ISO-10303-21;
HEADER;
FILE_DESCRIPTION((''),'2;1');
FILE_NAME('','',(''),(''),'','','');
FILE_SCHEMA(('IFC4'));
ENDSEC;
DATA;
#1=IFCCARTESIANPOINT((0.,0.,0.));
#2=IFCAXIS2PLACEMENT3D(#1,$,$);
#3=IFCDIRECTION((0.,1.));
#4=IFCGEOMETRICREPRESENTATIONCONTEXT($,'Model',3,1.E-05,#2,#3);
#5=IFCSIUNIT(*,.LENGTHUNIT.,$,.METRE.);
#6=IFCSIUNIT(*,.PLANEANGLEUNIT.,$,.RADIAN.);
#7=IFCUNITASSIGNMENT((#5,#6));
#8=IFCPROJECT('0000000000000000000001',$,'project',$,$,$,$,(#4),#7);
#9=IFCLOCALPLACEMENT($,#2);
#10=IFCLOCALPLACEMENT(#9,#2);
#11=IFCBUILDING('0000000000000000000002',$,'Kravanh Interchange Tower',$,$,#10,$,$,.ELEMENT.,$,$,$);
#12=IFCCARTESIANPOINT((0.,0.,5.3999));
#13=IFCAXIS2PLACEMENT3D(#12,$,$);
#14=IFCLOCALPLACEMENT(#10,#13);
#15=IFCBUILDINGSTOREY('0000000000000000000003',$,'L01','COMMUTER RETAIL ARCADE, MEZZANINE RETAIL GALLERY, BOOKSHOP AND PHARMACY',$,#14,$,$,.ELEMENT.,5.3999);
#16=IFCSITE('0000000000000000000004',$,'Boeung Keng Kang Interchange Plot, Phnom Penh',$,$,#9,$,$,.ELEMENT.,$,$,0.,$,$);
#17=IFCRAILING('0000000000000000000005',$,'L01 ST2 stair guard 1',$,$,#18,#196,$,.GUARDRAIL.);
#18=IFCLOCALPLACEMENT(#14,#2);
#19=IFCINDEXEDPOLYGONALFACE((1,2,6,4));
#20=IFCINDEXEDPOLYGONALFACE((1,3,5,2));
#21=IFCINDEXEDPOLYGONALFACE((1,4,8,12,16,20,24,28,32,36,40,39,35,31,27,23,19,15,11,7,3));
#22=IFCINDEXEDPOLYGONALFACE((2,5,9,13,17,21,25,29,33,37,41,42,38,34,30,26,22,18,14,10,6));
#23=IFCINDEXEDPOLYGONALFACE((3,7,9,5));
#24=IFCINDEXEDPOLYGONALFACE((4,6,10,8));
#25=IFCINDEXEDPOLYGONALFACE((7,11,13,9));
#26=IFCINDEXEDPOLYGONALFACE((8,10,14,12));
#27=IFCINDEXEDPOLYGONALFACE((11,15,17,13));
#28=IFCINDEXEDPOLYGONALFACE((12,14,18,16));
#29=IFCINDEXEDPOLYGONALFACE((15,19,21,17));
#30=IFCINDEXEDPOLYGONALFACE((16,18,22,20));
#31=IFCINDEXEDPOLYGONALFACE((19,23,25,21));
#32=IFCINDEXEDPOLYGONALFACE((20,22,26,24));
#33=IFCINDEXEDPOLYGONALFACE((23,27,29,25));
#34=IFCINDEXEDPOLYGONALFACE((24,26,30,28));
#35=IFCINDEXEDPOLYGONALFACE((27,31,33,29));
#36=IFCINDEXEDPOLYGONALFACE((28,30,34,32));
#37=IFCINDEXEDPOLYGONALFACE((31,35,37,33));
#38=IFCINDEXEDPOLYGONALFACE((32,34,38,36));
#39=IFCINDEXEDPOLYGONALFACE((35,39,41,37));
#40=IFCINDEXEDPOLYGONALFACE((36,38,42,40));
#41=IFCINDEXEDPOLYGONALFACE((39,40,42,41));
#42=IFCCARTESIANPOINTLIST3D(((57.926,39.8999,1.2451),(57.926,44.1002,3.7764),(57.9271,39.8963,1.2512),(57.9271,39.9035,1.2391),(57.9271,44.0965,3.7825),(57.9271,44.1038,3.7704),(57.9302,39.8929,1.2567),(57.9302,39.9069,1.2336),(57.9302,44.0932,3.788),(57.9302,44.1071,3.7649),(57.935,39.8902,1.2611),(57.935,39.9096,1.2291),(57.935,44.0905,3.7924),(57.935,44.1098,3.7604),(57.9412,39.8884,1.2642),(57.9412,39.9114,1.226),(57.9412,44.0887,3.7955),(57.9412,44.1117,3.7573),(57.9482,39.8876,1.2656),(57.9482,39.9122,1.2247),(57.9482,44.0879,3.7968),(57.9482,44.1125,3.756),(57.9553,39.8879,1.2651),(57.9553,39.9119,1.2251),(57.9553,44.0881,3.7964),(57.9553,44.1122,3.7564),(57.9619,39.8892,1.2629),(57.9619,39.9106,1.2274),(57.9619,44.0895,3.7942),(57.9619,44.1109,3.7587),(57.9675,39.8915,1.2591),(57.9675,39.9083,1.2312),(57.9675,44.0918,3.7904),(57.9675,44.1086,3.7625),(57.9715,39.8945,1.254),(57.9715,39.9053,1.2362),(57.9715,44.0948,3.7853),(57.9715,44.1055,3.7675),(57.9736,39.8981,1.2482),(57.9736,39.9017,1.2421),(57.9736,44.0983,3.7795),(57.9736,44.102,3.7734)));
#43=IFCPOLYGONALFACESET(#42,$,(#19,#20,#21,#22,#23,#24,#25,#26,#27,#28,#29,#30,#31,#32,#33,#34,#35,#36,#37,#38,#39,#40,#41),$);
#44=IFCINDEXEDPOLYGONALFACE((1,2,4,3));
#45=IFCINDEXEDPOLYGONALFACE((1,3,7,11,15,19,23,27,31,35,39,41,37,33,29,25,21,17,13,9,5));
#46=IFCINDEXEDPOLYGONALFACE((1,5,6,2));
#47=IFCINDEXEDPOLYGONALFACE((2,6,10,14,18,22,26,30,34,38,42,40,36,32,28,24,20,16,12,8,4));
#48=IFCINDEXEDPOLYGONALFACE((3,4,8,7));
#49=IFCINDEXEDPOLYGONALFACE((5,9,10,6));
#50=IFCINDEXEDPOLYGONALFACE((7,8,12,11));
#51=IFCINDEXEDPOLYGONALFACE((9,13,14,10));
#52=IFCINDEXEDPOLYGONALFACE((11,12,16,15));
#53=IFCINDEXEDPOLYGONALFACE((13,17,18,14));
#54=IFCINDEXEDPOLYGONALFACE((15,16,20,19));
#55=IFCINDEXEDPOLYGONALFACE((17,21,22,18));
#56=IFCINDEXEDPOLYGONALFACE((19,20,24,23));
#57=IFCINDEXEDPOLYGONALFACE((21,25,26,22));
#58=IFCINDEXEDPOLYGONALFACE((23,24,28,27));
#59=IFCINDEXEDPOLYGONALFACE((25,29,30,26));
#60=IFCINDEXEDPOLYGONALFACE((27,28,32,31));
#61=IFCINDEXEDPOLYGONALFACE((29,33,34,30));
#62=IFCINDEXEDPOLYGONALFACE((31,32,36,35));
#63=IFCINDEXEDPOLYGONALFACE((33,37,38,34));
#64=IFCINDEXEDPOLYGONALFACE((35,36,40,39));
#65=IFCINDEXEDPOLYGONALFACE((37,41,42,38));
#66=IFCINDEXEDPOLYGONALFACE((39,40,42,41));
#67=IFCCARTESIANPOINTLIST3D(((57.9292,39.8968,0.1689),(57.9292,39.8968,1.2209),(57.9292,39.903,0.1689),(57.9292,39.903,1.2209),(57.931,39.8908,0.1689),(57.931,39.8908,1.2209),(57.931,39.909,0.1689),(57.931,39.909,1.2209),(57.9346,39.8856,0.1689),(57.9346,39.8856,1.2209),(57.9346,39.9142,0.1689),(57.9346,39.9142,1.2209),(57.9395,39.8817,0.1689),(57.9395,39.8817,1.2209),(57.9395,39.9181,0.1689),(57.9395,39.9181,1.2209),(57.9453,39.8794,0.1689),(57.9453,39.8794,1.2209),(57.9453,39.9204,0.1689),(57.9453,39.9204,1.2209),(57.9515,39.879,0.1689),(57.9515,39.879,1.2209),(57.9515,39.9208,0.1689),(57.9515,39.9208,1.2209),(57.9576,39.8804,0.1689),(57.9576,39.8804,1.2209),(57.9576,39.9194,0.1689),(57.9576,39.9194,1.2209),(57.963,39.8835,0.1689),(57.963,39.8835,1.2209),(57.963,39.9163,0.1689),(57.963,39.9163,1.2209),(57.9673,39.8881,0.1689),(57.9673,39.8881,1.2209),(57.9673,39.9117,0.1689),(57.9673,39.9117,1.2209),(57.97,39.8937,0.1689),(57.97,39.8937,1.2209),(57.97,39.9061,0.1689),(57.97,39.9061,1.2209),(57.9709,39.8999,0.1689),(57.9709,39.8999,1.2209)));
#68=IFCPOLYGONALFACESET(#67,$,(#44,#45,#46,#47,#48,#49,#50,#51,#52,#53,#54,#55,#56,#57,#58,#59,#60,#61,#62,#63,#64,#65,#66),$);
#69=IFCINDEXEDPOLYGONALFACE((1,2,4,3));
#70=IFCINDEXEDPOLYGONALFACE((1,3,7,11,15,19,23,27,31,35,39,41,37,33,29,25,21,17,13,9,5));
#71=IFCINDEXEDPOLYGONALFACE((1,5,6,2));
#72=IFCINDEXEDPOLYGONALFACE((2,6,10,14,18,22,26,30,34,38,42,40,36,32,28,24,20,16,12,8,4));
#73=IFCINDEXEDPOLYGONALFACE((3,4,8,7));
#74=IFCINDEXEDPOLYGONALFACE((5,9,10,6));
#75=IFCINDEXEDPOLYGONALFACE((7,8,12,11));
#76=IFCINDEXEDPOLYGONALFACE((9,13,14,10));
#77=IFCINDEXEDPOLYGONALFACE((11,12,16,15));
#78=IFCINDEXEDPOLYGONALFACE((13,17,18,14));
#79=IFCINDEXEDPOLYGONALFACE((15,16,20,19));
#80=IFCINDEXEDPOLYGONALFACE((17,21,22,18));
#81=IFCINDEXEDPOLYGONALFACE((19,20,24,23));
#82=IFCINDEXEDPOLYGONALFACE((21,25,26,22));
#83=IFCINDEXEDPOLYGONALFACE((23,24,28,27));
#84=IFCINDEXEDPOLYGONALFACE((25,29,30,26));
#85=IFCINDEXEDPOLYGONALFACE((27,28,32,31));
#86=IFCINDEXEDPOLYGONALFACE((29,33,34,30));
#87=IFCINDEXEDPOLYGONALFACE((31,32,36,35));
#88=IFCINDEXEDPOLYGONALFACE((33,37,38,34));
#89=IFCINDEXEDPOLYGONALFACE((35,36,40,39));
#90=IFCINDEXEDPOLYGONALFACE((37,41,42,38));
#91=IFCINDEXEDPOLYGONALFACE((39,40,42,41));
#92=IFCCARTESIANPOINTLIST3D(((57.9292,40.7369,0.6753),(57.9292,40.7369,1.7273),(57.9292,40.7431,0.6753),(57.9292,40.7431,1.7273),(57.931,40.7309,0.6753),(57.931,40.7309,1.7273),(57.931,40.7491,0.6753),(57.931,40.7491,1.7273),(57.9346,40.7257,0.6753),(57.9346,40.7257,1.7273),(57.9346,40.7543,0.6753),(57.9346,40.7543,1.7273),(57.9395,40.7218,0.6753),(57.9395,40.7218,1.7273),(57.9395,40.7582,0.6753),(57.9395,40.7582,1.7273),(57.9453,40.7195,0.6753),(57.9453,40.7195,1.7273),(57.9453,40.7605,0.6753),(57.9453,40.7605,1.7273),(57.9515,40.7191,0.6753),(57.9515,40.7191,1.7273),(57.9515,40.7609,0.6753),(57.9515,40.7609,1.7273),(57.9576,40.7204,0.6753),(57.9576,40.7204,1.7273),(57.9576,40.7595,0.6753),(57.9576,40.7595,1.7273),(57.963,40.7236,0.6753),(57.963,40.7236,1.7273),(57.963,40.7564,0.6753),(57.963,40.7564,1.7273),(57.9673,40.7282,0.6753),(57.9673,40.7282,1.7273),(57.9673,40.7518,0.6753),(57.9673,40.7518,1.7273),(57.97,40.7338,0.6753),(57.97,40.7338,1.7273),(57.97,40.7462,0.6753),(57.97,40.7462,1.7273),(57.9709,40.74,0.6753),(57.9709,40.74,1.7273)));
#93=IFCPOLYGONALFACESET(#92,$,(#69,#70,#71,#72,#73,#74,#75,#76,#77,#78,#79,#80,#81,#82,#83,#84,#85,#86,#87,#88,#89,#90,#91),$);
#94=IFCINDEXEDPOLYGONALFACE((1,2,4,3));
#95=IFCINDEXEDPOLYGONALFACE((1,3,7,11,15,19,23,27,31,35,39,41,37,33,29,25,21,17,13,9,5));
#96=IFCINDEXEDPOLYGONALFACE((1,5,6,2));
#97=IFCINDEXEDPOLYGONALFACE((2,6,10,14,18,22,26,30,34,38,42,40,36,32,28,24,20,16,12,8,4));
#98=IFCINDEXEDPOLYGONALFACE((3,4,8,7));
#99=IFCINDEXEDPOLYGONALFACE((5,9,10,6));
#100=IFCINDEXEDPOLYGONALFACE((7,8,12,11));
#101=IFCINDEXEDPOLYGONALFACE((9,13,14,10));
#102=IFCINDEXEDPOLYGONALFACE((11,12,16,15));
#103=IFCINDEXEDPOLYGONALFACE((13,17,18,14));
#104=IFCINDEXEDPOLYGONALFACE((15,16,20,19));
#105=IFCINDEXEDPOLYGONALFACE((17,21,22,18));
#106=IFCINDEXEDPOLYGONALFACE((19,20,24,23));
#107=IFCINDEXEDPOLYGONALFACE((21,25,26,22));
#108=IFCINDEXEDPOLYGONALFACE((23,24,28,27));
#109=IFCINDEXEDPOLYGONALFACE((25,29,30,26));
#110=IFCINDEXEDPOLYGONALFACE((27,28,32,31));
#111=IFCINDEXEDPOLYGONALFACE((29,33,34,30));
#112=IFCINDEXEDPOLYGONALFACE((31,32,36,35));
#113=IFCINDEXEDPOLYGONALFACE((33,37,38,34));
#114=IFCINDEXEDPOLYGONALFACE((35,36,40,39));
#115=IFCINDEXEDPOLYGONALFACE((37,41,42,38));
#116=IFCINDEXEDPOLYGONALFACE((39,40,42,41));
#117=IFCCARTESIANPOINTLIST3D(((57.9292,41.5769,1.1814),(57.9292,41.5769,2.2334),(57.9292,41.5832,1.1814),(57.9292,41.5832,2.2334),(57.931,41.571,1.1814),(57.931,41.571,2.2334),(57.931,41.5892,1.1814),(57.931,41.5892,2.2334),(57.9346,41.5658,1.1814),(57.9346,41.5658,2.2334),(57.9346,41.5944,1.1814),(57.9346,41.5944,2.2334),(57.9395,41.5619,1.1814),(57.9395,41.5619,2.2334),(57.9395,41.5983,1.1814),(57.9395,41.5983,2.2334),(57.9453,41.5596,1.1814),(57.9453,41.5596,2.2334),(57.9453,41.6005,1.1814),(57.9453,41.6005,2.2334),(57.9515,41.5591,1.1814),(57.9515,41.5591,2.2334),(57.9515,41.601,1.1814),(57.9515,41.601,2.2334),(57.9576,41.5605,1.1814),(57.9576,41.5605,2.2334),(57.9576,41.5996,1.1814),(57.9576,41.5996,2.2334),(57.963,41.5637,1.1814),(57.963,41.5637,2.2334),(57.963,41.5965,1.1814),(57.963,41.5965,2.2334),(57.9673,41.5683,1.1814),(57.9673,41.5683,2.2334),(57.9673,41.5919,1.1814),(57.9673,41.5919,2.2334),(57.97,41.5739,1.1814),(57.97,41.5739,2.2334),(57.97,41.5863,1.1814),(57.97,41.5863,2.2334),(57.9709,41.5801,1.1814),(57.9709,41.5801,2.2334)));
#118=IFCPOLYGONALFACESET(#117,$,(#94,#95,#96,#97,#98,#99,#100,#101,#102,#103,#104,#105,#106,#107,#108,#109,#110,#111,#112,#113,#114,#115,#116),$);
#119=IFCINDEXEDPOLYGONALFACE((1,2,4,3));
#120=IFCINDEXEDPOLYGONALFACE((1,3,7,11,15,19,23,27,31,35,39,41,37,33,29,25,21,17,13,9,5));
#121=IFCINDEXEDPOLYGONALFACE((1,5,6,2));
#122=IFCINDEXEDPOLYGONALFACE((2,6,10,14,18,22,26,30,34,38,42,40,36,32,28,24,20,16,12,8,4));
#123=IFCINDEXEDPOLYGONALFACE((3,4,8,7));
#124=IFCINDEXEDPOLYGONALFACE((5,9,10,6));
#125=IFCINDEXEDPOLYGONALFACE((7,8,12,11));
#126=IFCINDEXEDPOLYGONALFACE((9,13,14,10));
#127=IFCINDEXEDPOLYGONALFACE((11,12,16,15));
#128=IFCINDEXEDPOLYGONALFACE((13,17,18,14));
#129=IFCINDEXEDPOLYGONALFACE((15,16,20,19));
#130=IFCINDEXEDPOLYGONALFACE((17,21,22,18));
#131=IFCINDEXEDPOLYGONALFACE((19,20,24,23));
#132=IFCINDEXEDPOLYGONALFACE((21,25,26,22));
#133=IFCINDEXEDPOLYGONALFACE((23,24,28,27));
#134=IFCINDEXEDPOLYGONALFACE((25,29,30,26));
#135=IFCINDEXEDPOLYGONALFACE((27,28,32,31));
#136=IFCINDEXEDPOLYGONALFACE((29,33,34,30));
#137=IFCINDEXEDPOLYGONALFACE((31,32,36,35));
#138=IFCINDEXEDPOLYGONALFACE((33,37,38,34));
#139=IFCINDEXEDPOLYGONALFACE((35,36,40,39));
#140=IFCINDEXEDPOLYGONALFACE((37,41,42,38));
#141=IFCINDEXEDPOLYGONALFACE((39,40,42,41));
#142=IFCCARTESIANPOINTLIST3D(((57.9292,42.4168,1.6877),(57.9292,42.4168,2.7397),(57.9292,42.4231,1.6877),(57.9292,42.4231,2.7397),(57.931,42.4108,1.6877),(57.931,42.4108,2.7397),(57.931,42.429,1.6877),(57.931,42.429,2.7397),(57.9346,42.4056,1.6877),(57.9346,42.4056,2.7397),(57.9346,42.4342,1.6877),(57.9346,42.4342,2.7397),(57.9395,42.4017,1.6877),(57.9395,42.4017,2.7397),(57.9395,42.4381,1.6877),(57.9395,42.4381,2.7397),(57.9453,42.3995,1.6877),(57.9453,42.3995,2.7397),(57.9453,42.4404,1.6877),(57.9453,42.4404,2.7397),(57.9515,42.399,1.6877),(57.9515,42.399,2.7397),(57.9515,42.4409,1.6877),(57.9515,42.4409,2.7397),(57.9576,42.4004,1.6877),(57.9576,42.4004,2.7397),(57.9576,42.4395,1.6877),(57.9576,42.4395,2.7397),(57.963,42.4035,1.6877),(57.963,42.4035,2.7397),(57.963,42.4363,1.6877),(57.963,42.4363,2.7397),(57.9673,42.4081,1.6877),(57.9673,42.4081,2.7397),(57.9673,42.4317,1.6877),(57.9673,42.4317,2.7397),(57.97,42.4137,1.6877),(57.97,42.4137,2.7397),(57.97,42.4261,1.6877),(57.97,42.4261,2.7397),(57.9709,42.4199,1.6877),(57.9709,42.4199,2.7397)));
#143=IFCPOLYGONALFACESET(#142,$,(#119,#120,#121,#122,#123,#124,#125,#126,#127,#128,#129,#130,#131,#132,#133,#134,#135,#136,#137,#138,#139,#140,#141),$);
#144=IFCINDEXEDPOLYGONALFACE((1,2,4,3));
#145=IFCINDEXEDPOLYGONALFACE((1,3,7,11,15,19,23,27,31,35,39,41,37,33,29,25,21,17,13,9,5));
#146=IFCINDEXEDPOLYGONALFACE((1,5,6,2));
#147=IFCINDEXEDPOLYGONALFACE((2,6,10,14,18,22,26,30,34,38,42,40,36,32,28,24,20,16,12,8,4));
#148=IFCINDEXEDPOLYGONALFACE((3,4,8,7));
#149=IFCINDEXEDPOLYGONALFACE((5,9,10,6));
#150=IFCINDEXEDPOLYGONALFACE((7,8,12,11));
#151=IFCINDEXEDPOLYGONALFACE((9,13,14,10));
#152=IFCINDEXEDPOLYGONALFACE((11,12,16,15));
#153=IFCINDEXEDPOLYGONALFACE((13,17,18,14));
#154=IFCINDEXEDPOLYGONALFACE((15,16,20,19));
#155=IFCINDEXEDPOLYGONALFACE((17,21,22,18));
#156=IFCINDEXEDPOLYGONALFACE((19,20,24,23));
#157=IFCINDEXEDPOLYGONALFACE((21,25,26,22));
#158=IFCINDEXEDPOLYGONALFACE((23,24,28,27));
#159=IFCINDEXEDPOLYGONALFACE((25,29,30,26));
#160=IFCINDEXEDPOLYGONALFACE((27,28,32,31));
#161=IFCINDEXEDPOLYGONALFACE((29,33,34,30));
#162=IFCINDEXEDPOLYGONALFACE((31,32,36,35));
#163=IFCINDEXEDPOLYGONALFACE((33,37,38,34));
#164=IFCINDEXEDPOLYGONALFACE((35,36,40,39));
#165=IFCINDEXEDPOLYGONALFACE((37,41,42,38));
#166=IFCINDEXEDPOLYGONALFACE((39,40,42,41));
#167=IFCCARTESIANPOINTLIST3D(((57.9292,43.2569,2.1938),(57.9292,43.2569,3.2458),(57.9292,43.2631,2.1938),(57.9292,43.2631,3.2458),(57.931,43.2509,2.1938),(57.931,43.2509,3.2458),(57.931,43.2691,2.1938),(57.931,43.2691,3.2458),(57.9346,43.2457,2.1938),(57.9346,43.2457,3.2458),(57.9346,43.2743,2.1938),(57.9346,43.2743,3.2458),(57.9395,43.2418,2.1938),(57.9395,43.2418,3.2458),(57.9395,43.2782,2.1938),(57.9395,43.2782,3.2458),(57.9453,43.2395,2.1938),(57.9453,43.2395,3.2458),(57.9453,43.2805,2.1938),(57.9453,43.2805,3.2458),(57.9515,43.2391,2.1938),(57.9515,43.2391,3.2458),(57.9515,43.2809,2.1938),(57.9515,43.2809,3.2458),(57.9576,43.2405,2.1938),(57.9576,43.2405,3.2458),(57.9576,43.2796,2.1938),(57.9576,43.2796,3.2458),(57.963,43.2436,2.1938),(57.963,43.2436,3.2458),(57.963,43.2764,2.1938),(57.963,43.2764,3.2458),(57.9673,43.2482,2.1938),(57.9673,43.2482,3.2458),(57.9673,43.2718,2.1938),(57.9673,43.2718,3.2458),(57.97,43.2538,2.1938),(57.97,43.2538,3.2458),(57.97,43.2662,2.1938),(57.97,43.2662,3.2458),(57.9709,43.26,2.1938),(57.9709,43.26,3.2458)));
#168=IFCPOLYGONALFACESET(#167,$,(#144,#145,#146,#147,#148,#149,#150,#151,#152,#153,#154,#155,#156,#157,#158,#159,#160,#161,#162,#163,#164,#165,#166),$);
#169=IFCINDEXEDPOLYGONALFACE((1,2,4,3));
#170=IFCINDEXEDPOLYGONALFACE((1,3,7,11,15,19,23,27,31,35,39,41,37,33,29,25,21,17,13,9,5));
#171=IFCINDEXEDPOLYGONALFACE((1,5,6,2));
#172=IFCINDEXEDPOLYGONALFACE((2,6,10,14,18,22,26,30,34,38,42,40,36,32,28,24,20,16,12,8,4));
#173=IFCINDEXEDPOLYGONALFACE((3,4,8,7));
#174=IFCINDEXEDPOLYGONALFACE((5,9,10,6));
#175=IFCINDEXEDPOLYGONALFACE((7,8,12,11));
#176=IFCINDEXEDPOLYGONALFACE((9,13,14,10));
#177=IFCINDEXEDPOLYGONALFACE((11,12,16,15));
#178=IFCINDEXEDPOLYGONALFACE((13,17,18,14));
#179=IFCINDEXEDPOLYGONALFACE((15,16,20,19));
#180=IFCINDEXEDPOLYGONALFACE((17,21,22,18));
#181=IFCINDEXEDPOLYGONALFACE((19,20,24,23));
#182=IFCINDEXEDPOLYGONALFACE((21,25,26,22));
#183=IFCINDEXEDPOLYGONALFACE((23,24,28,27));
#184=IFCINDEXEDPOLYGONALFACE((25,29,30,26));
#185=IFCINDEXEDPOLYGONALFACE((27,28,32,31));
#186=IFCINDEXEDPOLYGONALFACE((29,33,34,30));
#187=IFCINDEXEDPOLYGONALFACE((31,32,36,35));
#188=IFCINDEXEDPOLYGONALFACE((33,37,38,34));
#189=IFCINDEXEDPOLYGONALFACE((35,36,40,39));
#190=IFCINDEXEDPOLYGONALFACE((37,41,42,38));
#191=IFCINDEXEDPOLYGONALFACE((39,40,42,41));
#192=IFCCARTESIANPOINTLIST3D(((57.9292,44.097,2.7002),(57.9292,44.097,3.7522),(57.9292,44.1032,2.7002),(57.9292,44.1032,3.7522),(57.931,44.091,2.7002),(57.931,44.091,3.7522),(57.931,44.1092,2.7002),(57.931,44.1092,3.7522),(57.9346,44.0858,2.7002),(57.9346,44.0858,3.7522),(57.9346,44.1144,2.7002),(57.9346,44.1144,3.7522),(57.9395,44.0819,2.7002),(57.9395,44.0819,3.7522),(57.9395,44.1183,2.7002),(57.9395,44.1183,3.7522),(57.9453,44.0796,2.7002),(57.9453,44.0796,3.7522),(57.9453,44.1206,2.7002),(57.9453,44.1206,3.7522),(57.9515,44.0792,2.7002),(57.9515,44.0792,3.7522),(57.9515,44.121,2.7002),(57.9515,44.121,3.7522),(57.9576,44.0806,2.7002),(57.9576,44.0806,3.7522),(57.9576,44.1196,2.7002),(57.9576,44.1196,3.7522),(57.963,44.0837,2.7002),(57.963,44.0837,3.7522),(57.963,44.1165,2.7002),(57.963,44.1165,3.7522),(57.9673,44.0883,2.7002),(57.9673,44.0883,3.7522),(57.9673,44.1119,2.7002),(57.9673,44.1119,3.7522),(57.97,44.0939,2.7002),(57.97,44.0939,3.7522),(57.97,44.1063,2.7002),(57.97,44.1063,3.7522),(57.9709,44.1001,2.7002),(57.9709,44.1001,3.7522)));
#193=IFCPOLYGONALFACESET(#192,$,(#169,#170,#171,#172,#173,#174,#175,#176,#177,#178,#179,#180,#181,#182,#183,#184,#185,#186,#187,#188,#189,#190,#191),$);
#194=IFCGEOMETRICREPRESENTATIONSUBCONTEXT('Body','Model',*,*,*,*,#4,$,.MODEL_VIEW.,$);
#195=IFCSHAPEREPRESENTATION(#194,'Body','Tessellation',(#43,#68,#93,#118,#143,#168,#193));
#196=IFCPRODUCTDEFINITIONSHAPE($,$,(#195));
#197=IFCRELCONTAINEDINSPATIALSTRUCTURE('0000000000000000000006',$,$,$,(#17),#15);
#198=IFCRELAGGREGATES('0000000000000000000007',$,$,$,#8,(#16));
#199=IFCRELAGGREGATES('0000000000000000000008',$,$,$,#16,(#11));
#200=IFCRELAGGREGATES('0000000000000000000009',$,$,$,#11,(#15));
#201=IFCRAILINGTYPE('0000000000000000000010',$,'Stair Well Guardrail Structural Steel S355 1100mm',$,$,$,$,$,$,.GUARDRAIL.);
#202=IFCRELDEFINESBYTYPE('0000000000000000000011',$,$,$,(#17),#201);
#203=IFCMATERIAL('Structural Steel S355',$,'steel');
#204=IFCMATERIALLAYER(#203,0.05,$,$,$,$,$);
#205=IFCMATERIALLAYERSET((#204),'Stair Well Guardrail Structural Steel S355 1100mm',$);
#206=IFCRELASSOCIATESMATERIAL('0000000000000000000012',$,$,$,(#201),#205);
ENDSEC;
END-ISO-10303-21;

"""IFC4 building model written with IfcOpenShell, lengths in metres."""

from ifc_helpers import new_model, si_unit, direction, frame, origin, origin_2d, place, context, subcontext, project, spatial, circle, extrude, material, layer, layer_set, type_object, element, save


model = new_model("IFC4")

# Units and contexts
model_context = context("Model", 3, precision=1e-05, world=origin(), true_north=direction((0.0, 1.0)))
body_context = subcontext(model_context, "Body", "Model", "MODEL_VIEW")
ifc_project = project(units=[si_unit("LENGTHUNIT", "METRE"), si_unit("PLANEANGLEUNIT", "RADIAN")], contexts=[model_context])

# Site, building, storey
site_placement = place(None, origin())
site = spatial("IfcSite", under=ifc_project, at=site_placement, Name="Boeung Keng Kang Interchange Plot, Phnom Penh", CompositionType="ELEMENT", RefElevation=0.0)
building_placement = place(site_placement, origin())
building = spatial("IfcBuilding", under=site, at=building_placement, Name="Kravanh Interchange Tower", CompositionType="ELEMENT")
storey_placement = place(building_placement, frame((0.0, 0.0, 5.3999)))
storey = spatial("IfcBuildingStorey", under=building, at=storey_placement, Name="L01", Description="COMMUTER RETAIL ARCADE, MEZZANINE RETAIL GALLERY, BOOKSHOP AND PHARMACY", CompositionType="ELEMENT", Elevation=5.3999)

# Railing
ifc_material_1 = material(Name="Structural Steel S355", Category="steel")
ifc_layer_1 = layer(ifc_material_1, 0.05)
ifc_layer_set_1 = layer_set([ifc_layer_1], Name="Stair Well Guardrail Structural Steel S355 1100mm")
railing_type_1 = type_object("IfcRailingType", Name="Stair Well Guardrail Structural Steel S355 1100mm", PredefinedType="GUARDRAIL", material=ifc_layer_set_1)
railing_1_placement = place(storey_placement, frame((57.95, 39.8999, 0.1689)))
element("IfcRailing", 1, at=railing_1_placement, inside=storey, type_object=railing_type_1, Name="L01 ST2 stair guard 1", PredefinedType="GUARDRAIL", context=body_context, shape_type="SweptSolid", body=[
    extrude(circle(Radius=0.0239, at=origin_2d()), frame((0.0, 0.0, 1.0762), z_axis=(0.0, 0.85649, 0.516164), x_axis=(-1.0, 0.0, 0.0)), (0.0, 0.0, 1.0), 4.9041),
    extrude(circle(Radius=0.021, at=origin_2d()), origin(), (0.0, 0.0, 1.0), 1.052),
    extrude(circle(Radius=0.021, at=origin_2d()), frame((0.0, 0.8401, 0.5063)), (0.0, 0.0, 1.0), 1.052),
    extrude(circle(Radius=0.021, at=origin_2d()), frame((0.0, 1.6802, 1.0125)), (0.0, 0.0, 1.0), 1.052),
    extrude(circle(Radius=0.021, at=origin_2d()), frame((0.0, 2.52, 1.5188)), (0.0, 0.0, 1.0), 1.052),
    extrude(circle(Radius=0.021, at=origin_2d()), frame((0.0, 3.3601, 2.0249)), (0.0, 0.0, 1.0), 1.052),
    extrude(circle(Radius=0.021, at=origin_2d()), frame((0.0, 4.2002, 2.5312)), (0.0, 0.0, 1.0), 1.052),
])

save(model, "model.ifc")
